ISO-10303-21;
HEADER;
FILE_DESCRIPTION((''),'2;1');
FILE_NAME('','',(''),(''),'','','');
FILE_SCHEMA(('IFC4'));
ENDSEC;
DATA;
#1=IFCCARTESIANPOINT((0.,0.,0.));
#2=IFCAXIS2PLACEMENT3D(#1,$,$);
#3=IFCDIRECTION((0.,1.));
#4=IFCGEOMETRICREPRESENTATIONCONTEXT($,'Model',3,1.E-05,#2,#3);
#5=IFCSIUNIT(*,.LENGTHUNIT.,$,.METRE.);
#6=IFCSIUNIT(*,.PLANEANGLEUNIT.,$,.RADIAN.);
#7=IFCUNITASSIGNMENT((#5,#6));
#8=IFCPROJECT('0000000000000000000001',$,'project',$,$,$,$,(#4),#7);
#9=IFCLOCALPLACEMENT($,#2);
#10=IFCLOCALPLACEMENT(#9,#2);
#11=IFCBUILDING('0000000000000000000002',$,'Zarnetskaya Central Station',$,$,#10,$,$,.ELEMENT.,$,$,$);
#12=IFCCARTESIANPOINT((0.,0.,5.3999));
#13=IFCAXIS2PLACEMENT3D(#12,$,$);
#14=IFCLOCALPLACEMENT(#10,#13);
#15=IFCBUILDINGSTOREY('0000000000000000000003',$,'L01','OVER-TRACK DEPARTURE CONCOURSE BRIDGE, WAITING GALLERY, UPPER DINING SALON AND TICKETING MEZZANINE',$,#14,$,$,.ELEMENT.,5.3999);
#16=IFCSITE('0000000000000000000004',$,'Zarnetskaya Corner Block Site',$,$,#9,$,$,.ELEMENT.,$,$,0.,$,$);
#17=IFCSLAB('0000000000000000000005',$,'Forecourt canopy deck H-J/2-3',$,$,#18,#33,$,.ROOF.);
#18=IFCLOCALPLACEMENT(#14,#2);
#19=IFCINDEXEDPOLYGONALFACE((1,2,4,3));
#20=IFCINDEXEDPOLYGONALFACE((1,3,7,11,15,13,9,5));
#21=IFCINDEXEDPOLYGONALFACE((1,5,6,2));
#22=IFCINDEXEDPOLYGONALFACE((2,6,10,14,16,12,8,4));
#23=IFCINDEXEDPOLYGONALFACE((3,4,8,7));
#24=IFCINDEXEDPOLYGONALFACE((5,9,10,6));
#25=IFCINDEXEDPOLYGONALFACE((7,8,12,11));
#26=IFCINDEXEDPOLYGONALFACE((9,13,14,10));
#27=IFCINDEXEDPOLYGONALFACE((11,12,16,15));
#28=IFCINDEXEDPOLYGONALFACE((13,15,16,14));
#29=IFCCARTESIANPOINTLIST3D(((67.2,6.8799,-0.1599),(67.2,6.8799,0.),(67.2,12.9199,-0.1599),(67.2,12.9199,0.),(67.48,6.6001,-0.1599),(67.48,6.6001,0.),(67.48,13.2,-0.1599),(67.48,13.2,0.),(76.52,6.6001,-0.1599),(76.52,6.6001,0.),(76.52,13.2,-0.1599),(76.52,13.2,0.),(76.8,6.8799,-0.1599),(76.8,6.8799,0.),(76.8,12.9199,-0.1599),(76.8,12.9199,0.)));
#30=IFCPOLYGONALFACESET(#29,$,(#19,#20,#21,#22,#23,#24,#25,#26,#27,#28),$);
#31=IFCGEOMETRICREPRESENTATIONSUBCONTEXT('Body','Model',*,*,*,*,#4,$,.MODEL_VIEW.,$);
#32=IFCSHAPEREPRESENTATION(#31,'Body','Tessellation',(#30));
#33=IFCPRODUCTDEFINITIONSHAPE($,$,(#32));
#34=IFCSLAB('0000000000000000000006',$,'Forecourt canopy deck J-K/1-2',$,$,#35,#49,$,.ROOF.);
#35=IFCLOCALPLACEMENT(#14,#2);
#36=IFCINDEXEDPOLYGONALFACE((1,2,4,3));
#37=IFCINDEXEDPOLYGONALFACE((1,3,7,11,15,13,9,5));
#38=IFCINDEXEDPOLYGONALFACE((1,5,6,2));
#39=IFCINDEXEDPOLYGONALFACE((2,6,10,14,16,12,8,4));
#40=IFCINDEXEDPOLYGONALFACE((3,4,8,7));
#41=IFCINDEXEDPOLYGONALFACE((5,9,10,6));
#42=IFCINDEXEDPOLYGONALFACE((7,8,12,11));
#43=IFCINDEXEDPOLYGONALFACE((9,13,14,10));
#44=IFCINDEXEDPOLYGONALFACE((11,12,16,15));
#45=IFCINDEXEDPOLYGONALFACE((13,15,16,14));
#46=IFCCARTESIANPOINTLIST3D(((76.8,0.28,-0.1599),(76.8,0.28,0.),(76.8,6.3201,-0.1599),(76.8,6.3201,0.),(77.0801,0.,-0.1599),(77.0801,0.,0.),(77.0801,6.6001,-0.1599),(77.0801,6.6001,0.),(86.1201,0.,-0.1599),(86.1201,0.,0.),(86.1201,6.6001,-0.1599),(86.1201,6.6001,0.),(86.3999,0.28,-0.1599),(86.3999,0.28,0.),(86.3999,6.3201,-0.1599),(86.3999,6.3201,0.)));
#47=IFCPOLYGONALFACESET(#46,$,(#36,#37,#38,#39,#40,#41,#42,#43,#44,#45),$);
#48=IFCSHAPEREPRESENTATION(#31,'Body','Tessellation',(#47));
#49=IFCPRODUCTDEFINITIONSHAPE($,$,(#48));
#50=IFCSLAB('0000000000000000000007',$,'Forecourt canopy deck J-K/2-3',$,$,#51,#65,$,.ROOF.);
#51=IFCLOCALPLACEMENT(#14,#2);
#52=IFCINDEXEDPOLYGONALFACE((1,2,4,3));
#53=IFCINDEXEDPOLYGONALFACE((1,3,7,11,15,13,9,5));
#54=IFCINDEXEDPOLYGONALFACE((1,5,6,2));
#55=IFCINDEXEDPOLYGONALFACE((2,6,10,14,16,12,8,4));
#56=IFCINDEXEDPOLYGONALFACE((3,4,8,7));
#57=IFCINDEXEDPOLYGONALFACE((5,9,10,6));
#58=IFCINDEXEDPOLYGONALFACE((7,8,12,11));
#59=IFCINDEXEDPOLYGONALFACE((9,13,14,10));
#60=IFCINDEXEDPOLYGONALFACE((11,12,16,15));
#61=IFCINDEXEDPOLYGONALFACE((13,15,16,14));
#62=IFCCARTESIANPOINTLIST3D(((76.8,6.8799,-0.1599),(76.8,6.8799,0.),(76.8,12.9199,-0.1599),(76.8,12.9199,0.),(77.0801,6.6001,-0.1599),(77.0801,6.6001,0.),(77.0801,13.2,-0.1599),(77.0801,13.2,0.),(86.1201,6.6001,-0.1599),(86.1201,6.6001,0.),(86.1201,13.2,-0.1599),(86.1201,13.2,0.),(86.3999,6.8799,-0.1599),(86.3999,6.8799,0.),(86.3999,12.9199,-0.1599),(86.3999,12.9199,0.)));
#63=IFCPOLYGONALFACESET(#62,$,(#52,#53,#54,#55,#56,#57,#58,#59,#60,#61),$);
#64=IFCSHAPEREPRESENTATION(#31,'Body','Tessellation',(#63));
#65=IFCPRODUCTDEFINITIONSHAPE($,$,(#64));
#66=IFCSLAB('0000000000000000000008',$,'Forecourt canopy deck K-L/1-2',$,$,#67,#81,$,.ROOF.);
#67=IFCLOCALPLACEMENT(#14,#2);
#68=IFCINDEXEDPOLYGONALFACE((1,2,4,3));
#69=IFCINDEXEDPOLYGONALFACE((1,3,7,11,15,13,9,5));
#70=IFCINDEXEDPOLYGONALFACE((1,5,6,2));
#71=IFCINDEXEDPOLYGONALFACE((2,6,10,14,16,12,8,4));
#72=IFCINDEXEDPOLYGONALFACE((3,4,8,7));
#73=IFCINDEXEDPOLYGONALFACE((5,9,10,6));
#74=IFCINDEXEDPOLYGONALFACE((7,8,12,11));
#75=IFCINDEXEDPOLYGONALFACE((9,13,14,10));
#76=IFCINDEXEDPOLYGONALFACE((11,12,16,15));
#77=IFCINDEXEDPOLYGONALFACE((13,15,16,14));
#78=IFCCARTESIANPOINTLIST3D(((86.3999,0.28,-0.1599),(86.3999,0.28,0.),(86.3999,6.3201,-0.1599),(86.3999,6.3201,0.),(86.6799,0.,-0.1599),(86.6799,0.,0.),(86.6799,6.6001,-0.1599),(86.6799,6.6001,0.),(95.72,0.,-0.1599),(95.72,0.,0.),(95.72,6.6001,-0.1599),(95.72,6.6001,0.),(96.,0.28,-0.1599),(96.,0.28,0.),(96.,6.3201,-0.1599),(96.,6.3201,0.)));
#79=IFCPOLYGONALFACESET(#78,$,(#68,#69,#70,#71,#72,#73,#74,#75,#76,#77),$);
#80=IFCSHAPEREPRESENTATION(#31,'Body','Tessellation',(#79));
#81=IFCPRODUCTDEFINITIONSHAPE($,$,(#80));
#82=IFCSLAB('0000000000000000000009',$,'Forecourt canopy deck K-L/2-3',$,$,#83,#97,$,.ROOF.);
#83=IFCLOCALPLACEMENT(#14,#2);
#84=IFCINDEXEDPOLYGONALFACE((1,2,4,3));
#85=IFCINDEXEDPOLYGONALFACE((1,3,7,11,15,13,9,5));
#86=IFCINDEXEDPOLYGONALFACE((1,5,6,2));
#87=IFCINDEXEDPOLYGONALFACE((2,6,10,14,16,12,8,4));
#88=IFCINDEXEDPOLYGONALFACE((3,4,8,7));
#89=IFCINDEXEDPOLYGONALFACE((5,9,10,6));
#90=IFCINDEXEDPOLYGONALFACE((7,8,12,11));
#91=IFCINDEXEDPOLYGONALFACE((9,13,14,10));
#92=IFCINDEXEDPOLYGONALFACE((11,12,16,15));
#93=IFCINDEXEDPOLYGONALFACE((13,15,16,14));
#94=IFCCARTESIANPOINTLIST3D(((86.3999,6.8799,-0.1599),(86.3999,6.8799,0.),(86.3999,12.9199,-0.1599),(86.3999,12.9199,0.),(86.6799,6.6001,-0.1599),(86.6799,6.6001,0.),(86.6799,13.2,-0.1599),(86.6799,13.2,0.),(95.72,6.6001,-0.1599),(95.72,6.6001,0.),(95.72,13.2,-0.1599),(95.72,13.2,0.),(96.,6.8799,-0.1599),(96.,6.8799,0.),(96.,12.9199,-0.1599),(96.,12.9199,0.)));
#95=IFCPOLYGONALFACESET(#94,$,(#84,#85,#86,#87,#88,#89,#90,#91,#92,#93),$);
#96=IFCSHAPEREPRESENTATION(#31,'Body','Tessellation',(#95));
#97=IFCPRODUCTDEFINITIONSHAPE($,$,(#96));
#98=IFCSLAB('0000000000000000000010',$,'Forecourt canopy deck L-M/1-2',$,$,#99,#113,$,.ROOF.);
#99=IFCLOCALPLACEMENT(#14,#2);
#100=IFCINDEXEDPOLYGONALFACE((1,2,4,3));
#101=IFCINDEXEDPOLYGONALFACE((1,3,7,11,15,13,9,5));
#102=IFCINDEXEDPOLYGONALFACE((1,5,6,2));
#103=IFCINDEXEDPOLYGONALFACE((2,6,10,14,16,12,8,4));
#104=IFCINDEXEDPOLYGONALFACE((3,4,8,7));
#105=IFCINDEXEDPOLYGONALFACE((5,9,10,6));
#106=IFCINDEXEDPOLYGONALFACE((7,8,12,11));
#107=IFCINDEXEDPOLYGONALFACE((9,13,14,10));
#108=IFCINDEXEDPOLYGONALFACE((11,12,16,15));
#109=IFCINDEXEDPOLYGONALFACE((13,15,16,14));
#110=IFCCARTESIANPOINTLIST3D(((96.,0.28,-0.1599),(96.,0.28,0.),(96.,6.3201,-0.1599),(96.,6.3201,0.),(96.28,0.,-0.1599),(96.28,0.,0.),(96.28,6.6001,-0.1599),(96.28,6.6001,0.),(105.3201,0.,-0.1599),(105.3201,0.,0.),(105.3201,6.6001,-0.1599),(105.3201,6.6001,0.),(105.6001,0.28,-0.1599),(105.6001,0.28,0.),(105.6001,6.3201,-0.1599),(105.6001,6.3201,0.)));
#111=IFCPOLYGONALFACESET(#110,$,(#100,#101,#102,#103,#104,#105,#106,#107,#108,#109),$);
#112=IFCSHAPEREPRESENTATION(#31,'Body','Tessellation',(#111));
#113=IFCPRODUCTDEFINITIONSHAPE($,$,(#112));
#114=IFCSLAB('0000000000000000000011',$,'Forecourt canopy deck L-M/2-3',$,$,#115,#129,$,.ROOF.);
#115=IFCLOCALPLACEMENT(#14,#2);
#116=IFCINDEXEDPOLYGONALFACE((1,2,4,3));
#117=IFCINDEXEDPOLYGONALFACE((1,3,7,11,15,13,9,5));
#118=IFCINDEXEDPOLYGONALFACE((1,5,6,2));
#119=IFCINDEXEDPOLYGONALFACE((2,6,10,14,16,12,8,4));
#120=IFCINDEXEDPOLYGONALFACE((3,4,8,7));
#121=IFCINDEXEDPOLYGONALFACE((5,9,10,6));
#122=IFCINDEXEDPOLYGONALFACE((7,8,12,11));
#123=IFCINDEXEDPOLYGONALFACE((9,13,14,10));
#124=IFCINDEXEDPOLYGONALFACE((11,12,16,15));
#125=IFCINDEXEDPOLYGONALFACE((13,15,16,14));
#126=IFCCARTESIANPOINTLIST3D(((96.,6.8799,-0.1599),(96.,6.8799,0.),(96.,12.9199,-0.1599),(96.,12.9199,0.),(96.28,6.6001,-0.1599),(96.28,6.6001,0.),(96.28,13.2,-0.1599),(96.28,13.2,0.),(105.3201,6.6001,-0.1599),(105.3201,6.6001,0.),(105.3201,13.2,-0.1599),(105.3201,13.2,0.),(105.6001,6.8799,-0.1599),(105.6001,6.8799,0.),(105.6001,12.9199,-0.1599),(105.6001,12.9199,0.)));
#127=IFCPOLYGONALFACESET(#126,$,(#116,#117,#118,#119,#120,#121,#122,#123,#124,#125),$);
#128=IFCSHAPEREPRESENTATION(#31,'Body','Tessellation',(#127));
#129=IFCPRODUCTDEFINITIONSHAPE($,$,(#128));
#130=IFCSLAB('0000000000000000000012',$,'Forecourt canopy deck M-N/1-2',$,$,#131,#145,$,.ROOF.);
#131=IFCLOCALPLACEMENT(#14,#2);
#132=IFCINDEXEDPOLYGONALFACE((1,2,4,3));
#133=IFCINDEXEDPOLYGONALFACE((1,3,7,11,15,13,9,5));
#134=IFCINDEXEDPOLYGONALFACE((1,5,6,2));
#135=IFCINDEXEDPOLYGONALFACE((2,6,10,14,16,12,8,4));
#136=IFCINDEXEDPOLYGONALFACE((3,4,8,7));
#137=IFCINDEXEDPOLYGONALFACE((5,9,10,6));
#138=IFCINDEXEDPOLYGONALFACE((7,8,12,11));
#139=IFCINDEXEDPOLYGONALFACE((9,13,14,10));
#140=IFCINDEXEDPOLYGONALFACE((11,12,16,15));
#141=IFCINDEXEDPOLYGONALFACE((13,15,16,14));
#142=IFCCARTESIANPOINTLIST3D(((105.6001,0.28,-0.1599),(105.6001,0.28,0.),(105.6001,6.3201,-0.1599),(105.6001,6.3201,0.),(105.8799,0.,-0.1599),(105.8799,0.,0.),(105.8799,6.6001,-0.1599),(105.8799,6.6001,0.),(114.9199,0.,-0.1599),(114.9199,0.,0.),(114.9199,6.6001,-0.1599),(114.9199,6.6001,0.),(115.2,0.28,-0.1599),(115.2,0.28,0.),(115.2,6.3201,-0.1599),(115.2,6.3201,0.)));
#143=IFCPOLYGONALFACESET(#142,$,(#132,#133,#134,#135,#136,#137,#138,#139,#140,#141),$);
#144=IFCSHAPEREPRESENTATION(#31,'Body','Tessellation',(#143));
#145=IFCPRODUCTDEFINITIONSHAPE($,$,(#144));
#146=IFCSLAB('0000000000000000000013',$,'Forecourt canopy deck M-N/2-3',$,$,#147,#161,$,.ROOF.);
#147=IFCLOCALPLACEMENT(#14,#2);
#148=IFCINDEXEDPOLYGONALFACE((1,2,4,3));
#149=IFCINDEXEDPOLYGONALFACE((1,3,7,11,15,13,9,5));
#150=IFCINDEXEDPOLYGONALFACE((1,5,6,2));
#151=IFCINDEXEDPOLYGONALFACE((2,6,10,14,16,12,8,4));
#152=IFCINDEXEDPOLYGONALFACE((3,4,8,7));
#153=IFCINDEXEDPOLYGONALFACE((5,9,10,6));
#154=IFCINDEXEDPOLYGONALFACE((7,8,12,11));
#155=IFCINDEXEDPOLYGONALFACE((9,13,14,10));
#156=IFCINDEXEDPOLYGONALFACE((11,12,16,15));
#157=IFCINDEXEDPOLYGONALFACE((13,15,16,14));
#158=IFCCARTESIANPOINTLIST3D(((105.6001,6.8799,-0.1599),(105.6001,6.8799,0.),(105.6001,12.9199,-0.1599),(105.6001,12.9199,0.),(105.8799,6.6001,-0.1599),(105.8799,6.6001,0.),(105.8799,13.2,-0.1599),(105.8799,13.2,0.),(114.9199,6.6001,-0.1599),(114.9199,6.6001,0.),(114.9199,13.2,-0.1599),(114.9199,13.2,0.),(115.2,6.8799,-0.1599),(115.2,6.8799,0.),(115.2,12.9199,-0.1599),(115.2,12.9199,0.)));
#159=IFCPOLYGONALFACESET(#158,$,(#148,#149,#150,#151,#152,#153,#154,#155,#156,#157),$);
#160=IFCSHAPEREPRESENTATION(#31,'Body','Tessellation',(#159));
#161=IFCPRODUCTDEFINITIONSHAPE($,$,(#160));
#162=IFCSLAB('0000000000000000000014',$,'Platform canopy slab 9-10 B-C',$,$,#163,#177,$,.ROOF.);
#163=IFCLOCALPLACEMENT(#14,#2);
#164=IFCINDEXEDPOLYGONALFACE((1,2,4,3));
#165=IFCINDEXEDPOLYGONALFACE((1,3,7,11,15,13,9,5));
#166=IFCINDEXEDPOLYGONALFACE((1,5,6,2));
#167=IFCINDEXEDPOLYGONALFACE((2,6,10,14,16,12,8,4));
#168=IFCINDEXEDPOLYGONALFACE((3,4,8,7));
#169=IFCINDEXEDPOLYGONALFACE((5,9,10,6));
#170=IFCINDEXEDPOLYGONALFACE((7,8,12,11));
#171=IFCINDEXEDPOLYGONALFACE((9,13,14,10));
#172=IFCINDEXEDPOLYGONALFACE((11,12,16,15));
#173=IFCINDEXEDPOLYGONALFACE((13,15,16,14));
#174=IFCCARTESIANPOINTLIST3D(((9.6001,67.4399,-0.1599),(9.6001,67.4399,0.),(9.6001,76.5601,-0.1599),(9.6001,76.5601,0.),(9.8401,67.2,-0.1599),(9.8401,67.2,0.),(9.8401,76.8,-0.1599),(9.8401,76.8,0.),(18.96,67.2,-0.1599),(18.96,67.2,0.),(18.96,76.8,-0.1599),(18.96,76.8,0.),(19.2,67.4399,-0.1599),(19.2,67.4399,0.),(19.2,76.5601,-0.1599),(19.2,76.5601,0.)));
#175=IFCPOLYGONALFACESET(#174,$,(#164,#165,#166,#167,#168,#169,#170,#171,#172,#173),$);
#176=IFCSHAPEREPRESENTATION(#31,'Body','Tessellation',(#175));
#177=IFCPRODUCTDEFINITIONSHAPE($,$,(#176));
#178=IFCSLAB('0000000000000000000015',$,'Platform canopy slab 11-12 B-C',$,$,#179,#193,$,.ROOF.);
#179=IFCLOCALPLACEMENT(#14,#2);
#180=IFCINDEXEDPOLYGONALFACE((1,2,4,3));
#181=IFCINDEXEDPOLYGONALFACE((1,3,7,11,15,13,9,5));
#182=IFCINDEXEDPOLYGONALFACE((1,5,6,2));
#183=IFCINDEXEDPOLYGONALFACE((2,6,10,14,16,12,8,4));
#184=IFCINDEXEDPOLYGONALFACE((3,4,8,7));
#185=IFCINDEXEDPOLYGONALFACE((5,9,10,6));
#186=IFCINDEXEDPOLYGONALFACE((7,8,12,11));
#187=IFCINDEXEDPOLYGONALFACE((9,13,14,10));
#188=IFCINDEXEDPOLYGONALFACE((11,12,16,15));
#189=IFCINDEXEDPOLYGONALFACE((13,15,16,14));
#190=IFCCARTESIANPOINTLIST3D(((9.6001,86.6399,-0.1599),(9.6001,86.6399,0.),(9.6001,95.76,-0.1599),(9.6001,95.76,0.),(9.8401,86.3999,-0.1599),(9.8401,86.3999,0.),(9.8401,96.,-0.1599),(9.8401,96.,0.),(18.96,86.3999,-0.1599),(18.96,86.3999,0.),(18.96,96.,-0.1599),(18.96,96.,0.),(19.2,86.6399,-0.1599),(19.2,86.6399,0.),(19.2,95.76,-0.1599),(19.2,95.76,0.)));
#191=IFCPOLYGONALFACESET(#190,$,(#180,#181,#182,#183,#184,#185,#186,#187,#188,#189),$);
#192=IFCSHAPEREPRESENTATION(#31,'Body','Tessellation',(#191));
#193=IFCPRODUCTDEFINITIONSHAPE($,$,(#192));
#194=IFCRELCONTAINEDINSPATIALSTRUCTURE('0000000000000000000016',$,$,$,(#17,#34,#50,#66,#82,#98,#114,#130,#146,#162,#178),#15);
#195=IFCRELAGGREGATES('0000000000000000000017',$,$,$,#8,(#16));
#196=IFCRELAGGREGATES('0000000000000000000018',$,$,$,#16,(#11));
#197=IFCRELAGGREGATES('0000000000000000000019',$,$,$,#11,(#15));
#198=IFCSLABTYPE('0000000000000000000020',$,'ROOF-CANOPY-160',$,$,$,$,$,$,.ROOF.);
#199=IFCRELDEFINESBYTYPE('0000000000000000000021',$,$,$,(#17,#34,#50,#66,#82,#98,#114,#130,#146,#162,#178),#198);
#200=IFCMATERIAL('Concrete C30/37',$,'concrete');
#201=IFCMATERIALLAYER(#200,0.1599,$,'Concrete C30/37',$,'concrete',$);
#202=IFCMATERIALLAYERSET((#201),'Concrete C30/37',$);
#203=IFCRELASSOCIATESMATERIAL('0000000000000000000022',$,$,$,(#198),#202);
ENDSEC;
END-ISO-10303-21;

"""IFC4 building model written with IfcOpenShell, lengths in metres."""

from ifc_helpers import new_model, si_unit, direction, frame, origin, place, context, subcontext, project, spatial, polyline, outline, extrude, material, layer, layer_set, type_object, element, save


model = new_model("IFC4")

# Units and contexts
model_context = context("Model", 3, precision=1e-05, world=origin(), true_north=direction((0.0, 1.0)))
body_context = subcontext(model_context, "Body", "Model", "MODEL_VIEW")
ifc_project = project(units=[si_unit("LENGTHUNIT", "METRE"), si_unit("PLANEANGLEUNIT", "RADIAN")], contexts=[model_context])

# Site, building, storey
site_placement = place(None, origin())
site = spatial("IfcSite", under=ifc_project, at=site_placement, Name="Zarnetskaya Corner Block Site", CompositionType="ELEMENT", RefElevation=0.0)
building_placement = place(site_placement, origin())
building = spatial("IfcBuilding", under=site, at=building_placement, Name="Zarnetskaya Central Station", CompositionType="ELEMENT")
storey_placement = place(building_placement, frame((0.0, 0.0, 5.3999)))
storey = spatial("IfcBuildingStorey", under=building, at=storey_placement, Name="L01", Description="OVER-TRACK DEPARTURE CONCOURSE BRIDGE, WAITING GALLERY, UPPER DINING SALON AND TICKETING MEZZANINE", CompositionType="ELEMENT", Elevation=5.3999)

# Slabs
ifc_material_1 = material(Name="Concrete C30/37", Category="concrete")
ifc_layer_1 = layer(ifc_material_1, 0.1599, Name="Concrete C30/37", Category="concrete")
ifc_layer_set_1 = layer_set([ifc_layer_1], Name="Concrete C30/37")
slab_type = type_object("IfcSlabType", Name="ROOF-CANOPY-160", PredefinedType="ROOF", material=ifc_layer_set_1)
slab_1_placement = place(storey_placement, frame((0.0, 0.0, -0.1599)))
element("IfcSlab", 1, at=slab_1_placement, inside=storey, type_object=slab_type, Name="Forecourt canopy deck H-J/2-3", PredefinedType="ROOF", context=body_context, shape_type="SweptSolid", body=[
    extrude(outline(polyline([(67.48, 6.6001), (76.52, 6.6001), (76.8, 6.8799), (76.8, 12.9199), (76.52, 13.2), (67.48, 13.2), (67.2, 12.9199), (67.2, 6.8799), (67.48, 6.6001)])), origin(), (0.0, 0.0, 1.0), 0.1599),
])
slab_2_placement = place(storey_placement, frame((0.0, 0.0, -0.1599)))
element("IfcSlab", 2, at=slab_2_placement, inside=storey, type_object=slab_type, Name="Forecourt canopy deck J-K/1-2", PredefinedType="ROOF", context=body_context, shape_type="SweptSolid", body=[
    extrude(outline(polyline([(77.0801, 0.0), (86.1201, 0.0), (86.3999, 0.28), (86.3999, 6.3201), (86.1201, 6.6001), (77.0801, 6.6001), (76.8, 6.3201), (76.8, 0.28), (77.0801, 0.0)])), origin(), (0.0, 0.0, 1.0), 0.1599),
])
slab_3_placement = place(storey_placement, frame((0.0, 0.0, -0.1599)))
element("IfcSlab", 3, at=slab_3_placement, inside=storey, type_object=slab_type, Name="Forecourt canopy deck J-K/2-3", PredefinedType="ROOF", context=body_context, shape_type="SweptSolid", body=[
    extrude(outline(polyline([(77.0801, 6.6001), (86.1201, 6.6001), (86.3999, 6.8799), (86.3999, 12.9199), (86.1201, 13.2), (77.0801, 13.2), (76.8, 12.9199), (76.8, 6.8799), (77.0801, 6.6001)])), origin(), (0.0, 0.0, 1.0), 0.1599),
])
slab_4_placement = place(storey_placement, frame((0.0, 0.0, -0.1599)))
element("IfcSlab", 4, at=slab_4_placement, inside=storey, type_object=slab_type, Name="Forecourt canopy deck K-L/1-2", PredefinedType="ROOF", context=body_context, shape_type="SweptSolid", body=[
    extrude(outline(polyline([(86.6799, 0.0), (95.72, 0.0), (96.0, 0.28), (96.0, 6.3201), (95.72, 6.6001), (86.6799, 6.6001), (86.3999, 6.3201), (86.3999, 0.28), (86.6799, 0.0)])), origin(), (0.0, 0.0, 1.0), 0.1599),
])
slab_5_placement = place(storey_placement, frame((0.0, 0.0, -0.1599)))
element("IfcSlab", 5, at=slab_5_placement, inside=storey, type_object=slab_type, Name="Forecourt canopy deck K-L/2-3", PredefinedType="ROOF", context=body_context, shape_type="SweptSolid", body=[
    extrude(outline(polyline([(86.6799, 6.6001), (95.72, 6.6001), (96.0, 6.8799), (96.0, 12.9199), (95.72, 13.2), (86.6799, 13.2), (86.3999, 12.9199), (86.3999, 6.8799), (86.6799, 6.6001)])), origin(), (0.0, 0.0, 1.0), 0.1599),
])
slab_6_placement = place(storey_placement, frame((0.0, 0.0, -0.1599)))
element("IfcSlab", 6, at=slab_6_placement, inside=storey, type_object=slab_type, Name="Forecourt canopy deck L-M/1-2", PredefinedType="ROOF", context=body_context, shape_type="SweptSolid", body=[
    extrude(outline(polyline([(96.28, 0.0), (105.3201, 0.0), (105.6001, 0.28), (105.6001, 6.3201), (105.3201, 6.6001), (96.28, 6.6001), (96.0, 6.3201), (96.0, 0.28), (96.28, 0.0)])), origin(), (0.0, 0.0, 1.0), 0.1599),
])
slab_7_placement = place(storey_placement, frame((0.0, 0.0, -0.1599)))
element("IfcSlab", 7, at=slab_7_placement, inside=storey, type_object=slab_type, Name="Forecourt canopy deck L-M/2-3", PredefinedType="ROOF", context=body_context, shape_type="SweptSolid", body=[
    extrude(outline(polyline([(96.28, 6.6001), (105.3201, 6.6001), (105.6001, 6.8799), (105.6001, 12.9199), (105.3201, 13.2), (96.28, 13.2), (96.0, 12.9199), (96.0, 6.8799), (96.28, 6.6001)])), origin(), (0.0, 0.0, 1.0), 0.1599),
])
slab_8_placement = place(storey_placement, frame((0.0, 0.0, -0.1599)))
element("IfcSlab", 8, at=slab_8_placement, inside=storey, type_object=slab_type, Name="Forecourt canopy deck M-N/1-2", PredefinedType="ROOF", context=body_context, shape_type="SweptSolid", body=[
    extrude(outline(polyline([(105.8799, 0.0), (114.9199, 0.0), (115.2, 0.28), (115.2, 6.3201), (114.9199, 6.6001), (105.8799, 6.6001), (105.6001, 6.3201), (105.6001, 0.28), (105.8799, 0.0)])), origin(), (0.0, 0.0, 1.0), 0.1599),
])
slab_9_placement = place(storey_placement, frame((0.0, 0.0, -0.1599)))
element("IfcSlab", 9, at=slab_9_placement, inside=storey, type_object=slab_type, Name="Forecourt canopy deck M-N/2-3", PredefinedType="ROOF", context=body_context, shape_type="SweptSolid", body=[
    extrude(outline(polyline([(105.8799, 6.6001), (114.9199, 6.6001), (115.2, 6.8799), (115.2, 12.9199), (114.9199, 13.2), (105.8799, 13.2), (105.6001, 12.9199), (105.6001, 6.8799), (105.8799, 6.6001)])), origin(), (0.0, 0.0, 1.0), 0.1599),
])
slab_10_placement = place(storey_placement, frame((0.0, 0.0, -0.1599)))
element("IfcSlab", 10, at=slab_10_placement, inside=storey, type_object=slab_type, Name="Platform canopy slab 9-10 B-C", PredefinedType="ROOF", context=body_context, shape_type="SweptSolid", body=[
    extrude(outline(polyline([(9.8401, 67.2), (18.96, 67.2), (19.2, 67.4399), (19.2, 76.5601), (18.96, 76.8), (9.8401, 76.8), (9.6001, 76.5601), (9.6001, 67.4399), (9.8401, 67.2)])), origin(), (0.0, 0.0, 1.0), 0.1599),
])
slab_11_placement = place(storey_placement, frame((0.0, 0.0, -0.1599)))
element("IfcSlab", 11, at=slab_11_placement, inside=storey, type_object=slab_type, Name="Platform canopy slab 11-12 B-C", PredefinedType="ROOF", context=body_context, shape_type="SweptSolid", body=[
    extrude(outline(polyline([(9.8401, 86.3999), (18.96, 86.3999), (19.2, 86.6399), (19.2, 95.76), (18.96, 96.0), (9.8401, 96.0), (9.6001, 95.76), (9.6001, 86.6399), (9.8401, 86.3999)])), origin(), (0.0, 0.0, 1.0), 0.1599),
])

save(model, "model.ifc")
